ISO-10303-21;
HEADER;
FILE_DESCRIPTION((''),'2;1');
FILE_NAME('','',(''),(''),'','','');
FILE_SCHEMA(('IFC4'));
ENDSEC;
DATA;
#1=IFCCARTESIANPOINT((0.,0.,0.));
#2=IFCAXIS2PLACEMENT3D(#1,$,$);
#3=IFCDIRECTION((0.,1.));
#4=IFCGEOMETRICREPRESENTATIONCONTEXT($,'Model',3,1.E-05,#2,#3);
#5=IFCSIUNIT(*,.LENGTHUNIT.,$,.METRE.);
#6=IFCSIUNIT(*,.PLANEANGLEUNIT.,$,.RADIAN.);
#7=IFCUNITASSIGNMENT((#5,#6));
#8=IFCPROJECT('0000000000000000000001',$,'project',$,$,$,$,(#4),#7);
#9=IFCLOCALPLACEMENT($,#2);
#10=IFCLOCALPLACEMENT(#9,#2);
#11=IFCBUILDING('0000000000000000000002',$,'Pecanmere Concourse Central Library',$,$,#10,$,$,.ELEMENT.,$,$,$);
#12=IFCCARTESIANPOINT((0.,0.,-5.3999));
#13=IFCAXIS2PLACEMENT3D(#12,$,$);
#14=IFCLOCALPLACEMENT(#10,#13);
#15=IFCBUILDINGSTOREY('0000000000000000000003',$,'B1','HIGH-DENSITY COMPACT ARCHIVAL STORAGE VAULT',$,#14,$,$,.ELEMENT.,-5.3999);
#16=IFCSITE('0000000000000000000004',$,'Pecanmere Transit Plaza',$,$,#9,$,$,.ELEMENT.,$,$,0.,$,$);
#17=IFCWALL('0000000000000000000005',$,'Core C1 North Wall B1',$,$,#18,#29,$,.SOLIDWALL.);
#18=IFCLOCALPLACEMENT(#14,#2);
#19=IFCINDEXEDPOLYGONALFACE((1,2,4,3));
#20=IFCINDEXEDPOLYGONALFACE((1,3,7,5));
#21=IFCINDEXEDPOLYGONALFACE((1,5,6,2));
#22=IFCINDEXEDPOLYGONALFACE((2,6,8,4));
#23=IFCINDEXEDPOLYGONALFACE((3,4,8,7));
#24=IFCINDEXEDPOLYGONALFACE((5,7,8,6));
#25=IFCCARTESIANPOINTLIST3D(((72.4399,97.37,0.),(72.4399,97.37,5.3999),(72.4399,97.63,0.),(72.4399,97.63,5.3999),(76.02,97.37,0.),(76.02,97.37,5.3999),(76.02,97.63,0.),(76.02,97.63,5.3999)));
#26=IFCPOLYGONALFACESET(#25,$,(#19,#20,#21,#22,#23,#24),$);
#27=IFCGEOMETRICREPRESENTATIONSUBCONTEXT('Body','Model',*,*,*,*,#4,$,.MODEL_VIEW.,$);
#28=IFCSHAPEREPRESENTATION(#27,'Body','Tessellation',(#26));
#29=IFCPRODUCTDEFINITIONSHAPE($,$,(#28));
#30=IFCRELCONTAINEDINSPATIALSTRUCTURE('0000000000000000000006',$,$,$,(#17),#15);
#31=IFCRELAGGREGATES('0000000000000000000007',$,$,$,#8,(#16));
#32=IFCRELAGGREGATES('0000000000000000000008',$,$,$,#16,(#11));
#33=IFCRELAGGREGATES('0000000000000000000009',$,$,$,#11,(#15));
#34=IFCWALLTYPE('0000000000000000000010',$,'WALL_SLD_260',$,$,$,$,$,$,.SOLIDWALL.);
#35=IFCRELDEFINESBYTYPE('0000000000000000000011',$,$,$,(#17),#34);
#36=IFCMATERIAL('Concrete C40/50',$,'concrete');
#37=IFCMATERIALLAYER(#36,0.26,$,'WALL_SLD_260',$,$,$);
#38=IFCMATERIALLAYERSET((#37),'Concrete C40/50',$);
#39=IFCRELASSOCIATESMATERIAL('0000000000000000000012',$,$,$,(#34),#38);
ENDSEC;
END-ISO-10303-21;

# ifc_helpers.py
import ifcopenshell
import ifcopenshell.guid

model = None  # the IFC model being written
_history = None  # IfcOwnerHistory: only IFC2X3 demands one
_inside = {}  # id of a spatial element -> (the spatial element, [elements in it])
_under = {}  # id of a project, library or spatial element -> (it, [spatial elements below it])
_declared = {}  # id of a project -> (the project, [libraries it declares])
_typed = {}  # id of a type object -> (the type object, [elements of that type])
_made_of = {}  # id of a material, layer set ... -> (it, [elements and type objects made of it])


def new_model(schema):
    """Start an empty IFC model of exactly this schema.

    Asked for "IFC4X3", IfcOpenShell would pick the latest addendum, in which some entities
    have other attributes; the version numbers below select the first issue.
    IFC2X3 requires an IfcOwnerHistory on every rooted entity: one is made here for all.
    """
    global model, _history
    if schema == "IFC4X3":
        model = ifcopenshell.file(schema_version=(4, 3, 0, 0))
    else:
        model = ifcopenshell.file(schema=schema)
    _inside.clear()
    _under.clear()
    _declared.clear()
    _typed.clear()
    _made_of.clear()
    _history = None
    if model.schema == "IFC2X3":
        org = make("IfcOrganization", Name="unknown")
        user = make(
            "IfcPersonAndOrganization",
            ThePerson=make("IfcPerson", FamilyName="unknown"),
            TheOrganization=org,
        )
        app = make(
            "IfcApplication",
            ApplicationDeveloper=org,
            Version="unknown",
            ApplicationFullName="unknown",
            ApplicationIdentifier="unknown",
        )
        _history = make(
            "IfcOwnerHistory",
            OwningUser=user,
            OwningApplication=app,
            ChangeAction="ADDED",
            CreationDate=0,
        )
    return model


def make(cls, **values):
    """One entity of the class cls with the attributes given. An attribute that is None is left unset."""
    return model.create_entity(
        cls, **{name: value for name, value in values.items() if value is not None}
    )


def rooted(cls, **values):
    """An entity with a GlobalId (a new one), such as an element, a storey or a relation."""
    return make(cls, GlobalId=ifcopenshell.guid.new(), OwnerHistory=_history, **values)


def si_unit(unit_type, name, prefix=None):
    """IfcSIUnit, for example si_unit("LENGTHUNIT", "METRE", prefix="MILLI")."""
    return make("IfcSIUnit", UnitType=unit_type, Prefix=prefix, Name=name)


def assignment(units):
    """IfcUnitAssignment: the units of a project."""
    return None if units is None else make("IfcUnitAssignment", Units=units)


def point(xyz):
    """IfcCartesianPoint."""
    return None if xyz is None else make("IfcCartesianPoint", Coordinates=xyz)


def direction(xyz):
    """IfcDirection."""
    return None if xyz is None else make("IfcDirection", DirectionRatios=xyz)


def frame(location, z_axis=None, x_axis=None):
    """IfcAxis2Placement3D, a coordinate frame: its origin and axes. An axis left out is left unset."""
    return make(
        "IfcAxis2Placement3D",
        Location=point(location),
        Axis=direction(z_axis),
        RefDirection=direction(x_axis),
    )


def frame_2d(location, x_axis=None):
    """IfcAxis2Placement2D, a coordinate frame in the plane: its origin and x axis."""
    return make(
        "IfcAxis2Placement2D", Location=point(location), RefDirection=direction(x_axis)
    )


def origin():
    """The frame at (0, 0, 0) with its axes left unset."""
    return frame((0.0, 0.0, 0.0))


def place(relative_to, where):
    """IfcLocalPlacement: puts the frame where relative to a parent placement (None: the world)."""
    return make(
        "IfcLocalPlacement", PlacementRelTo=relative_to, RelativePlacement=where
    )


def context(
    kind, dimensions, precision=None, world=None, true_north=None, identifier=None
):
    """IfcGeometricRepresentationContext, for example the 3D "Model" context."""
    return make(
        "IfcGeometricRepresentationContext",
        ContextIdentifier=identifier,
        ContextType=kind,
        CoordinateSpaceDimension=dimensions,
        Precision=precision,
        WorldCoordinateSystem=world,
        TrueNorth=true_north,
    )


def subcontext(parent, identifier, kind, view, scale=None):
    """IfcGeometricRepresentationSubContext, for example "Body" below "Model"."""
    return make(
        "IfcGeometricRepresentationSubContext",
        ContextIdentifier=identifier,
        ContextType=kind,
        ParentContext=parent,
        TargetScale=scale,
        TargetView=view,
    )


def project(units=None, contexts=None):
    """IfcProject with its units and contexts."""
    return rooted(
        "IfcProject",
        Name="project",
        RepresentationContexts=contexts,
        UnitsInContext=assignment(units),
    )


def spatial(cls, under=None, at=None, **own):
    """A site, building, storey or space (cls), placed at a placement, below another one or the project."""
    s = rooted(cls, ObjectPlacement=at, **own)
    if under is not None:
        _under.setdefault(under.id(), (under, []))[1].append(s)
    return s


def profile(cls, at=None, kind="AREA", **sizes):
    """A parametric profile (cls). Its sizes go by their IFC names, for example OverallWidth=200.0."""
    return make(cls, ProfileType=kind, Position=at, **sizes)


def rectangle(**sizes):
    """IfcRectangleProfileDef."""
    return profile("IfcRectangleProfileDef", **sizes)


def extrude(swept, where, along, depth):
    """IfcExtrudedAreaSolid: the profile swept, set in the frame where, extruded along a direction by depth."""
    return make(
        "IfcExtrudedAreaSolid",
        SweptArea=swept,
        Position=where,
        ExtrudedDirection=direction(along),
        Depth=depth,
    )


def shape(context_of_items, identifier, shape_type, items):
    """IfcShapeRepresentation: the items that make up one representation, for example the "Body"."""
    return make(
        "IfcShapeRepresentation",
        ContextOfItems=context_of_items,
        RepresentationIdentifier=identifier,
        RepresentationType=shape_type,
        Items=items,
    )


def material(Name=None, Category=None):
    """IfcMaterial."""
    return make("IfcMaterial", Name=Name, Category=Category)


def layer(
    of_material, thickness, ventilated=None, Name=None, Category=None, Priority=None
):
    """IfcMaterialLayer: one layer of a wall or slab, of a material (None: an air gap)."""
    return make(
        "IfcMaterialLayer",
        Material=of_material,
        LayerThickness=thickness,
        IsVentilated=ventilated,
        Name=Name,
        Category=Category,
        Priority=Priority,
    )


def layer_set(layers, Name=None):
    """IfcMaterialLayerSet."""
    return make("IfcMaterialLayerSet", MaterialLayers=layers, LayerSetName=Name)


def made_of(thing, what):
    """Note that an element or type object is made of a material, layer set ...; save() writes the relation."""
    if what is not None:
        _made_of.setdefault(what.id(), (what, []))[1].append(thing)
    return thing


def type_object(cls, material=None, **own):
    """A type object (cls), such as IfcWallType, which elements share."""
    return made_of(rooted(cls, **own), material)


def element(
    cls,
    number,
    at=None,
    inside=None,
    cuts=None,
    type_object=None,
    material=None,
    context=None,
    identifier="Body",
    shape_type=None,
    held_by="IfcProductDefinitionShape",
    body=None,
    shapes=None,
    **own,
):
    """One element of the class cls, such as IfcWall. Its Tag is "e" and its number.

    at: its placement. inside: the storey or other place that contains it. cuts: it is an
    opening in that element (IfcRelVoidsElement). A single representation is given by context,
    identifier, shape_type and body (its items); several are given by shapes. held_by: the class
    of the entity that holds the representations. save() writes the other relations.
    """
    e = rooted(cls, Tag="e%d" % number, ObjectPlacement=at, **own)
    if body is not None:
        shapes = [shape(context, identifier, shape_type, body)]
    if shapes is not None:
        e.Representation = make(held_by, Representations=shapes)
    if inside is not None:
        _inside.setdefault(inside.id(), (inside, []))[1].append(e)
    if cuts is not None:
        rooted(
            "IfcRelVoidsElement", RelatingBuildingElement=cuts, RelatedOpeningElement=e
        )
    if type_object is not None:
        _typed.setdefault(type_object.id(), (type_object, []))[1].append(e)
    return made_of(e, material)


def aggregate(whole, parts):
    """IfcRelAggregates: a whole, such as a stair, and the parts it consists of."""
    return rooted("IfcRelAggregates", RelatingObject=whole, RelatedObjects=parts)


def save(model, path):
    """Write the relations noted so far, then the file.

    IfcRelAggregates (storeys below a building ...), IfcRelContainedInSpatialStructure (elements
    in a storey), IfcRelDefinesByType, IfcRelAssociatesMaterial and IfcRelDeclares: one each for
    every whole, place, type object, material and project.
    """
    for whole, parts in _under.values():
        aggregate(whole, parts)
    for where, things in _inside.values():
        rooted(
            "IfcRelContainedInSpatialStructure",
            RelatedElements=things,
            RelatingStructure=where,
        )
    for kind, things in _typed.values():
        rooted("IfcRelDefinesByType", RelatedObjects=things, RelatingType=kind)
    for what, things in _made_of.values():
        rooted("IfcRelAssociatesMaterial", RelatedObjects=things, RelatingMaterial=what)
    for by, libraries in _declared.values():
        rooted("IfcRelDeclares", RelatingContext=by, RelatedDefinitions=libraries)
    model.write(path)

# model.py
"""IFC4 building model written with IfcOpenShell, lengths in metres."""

from ifc_helpers import new_model, si_unit, direction, frame, frame_2d, origin, place, context, subcontext, project, spatial, rectangle, extrude, material, layer, layer_set, type_object, element, save


model = new_model("IFC4")

# Units and contexts
model_context = context("Model", 3, precision=1e-05, world=origin(), true_north=direction((0.0, 1.0)))
body_context = subcontext(model_context, "Body", "Model", "MODEL_VIEW")
ifc_project = project(units=[si_unit("LENGTHUNIT", "METRE"), si_unit("PLANEANGLEUNIT", "RADIAN")], contexts=[model_context])

# Site, building, storey
site_placement = place(None, origin())
site = spatial("IfcSite", under=ifc_project, at=site_placement, Name="Pecanmere Transit Plaza", CompositionType="ELEMENT", RefElevation=0.0)
building_placement = place(site_placement, origin())
building = spatial("IfcBuilding", under=site, at=building_placement, Name="Pecanmere Concourse Central Library", CompositionType="ELEMENT")
storey_placement = place(building_placement, frame((0.0, 0.0, -5.3999)))
storey = spatial("IfcBuildingStorey", under=building, at=storey_placement, Name="B1", Description="HIGH-DENSITY COMPACT ARCHIVAL STORAGE VAULT", CompositionType="ELEMENT", Elevation=-5.3999)

# Wall
ifc_material_1 = material(Name="Concrete C40/50", Category="concrete")
ifc_layer_1 = layer(ifc_material_1, 0.26, Name="WALL_SLD_260")
ifc_layer_set_1 = layer_set([ifc_layer_1], Name="Concrete C40/50")
wall_type_1 = type_object("IfcWallType", Name="WALL_SLD_260", PredefinedType="SOLIDWALL", material=ifc_layer_set_1)
wall_1_placement = place(storey_placement, frame((72.4399, 97.5, 0.0), z_axis=(0.0, 0.0, 1.0), x_axis=(1.0, 0.0, 0.0)))
element("IfcWall", 1, at=wall_1_placement, inside=storey, type_object=wall_type_1, Name="Core C1 North Wall B1", PredefinedType="SOLIDWALL", context=body_context, shape_type="SweptSolid", body=[
    extrude(rectangle(XDim=3.5801, YDim=0.26, at=frame_2d((1.79, 0.0))), origin(), (0.0, 0.0, 1.0), 5.3999),
])

save(model, "model.ifc")
